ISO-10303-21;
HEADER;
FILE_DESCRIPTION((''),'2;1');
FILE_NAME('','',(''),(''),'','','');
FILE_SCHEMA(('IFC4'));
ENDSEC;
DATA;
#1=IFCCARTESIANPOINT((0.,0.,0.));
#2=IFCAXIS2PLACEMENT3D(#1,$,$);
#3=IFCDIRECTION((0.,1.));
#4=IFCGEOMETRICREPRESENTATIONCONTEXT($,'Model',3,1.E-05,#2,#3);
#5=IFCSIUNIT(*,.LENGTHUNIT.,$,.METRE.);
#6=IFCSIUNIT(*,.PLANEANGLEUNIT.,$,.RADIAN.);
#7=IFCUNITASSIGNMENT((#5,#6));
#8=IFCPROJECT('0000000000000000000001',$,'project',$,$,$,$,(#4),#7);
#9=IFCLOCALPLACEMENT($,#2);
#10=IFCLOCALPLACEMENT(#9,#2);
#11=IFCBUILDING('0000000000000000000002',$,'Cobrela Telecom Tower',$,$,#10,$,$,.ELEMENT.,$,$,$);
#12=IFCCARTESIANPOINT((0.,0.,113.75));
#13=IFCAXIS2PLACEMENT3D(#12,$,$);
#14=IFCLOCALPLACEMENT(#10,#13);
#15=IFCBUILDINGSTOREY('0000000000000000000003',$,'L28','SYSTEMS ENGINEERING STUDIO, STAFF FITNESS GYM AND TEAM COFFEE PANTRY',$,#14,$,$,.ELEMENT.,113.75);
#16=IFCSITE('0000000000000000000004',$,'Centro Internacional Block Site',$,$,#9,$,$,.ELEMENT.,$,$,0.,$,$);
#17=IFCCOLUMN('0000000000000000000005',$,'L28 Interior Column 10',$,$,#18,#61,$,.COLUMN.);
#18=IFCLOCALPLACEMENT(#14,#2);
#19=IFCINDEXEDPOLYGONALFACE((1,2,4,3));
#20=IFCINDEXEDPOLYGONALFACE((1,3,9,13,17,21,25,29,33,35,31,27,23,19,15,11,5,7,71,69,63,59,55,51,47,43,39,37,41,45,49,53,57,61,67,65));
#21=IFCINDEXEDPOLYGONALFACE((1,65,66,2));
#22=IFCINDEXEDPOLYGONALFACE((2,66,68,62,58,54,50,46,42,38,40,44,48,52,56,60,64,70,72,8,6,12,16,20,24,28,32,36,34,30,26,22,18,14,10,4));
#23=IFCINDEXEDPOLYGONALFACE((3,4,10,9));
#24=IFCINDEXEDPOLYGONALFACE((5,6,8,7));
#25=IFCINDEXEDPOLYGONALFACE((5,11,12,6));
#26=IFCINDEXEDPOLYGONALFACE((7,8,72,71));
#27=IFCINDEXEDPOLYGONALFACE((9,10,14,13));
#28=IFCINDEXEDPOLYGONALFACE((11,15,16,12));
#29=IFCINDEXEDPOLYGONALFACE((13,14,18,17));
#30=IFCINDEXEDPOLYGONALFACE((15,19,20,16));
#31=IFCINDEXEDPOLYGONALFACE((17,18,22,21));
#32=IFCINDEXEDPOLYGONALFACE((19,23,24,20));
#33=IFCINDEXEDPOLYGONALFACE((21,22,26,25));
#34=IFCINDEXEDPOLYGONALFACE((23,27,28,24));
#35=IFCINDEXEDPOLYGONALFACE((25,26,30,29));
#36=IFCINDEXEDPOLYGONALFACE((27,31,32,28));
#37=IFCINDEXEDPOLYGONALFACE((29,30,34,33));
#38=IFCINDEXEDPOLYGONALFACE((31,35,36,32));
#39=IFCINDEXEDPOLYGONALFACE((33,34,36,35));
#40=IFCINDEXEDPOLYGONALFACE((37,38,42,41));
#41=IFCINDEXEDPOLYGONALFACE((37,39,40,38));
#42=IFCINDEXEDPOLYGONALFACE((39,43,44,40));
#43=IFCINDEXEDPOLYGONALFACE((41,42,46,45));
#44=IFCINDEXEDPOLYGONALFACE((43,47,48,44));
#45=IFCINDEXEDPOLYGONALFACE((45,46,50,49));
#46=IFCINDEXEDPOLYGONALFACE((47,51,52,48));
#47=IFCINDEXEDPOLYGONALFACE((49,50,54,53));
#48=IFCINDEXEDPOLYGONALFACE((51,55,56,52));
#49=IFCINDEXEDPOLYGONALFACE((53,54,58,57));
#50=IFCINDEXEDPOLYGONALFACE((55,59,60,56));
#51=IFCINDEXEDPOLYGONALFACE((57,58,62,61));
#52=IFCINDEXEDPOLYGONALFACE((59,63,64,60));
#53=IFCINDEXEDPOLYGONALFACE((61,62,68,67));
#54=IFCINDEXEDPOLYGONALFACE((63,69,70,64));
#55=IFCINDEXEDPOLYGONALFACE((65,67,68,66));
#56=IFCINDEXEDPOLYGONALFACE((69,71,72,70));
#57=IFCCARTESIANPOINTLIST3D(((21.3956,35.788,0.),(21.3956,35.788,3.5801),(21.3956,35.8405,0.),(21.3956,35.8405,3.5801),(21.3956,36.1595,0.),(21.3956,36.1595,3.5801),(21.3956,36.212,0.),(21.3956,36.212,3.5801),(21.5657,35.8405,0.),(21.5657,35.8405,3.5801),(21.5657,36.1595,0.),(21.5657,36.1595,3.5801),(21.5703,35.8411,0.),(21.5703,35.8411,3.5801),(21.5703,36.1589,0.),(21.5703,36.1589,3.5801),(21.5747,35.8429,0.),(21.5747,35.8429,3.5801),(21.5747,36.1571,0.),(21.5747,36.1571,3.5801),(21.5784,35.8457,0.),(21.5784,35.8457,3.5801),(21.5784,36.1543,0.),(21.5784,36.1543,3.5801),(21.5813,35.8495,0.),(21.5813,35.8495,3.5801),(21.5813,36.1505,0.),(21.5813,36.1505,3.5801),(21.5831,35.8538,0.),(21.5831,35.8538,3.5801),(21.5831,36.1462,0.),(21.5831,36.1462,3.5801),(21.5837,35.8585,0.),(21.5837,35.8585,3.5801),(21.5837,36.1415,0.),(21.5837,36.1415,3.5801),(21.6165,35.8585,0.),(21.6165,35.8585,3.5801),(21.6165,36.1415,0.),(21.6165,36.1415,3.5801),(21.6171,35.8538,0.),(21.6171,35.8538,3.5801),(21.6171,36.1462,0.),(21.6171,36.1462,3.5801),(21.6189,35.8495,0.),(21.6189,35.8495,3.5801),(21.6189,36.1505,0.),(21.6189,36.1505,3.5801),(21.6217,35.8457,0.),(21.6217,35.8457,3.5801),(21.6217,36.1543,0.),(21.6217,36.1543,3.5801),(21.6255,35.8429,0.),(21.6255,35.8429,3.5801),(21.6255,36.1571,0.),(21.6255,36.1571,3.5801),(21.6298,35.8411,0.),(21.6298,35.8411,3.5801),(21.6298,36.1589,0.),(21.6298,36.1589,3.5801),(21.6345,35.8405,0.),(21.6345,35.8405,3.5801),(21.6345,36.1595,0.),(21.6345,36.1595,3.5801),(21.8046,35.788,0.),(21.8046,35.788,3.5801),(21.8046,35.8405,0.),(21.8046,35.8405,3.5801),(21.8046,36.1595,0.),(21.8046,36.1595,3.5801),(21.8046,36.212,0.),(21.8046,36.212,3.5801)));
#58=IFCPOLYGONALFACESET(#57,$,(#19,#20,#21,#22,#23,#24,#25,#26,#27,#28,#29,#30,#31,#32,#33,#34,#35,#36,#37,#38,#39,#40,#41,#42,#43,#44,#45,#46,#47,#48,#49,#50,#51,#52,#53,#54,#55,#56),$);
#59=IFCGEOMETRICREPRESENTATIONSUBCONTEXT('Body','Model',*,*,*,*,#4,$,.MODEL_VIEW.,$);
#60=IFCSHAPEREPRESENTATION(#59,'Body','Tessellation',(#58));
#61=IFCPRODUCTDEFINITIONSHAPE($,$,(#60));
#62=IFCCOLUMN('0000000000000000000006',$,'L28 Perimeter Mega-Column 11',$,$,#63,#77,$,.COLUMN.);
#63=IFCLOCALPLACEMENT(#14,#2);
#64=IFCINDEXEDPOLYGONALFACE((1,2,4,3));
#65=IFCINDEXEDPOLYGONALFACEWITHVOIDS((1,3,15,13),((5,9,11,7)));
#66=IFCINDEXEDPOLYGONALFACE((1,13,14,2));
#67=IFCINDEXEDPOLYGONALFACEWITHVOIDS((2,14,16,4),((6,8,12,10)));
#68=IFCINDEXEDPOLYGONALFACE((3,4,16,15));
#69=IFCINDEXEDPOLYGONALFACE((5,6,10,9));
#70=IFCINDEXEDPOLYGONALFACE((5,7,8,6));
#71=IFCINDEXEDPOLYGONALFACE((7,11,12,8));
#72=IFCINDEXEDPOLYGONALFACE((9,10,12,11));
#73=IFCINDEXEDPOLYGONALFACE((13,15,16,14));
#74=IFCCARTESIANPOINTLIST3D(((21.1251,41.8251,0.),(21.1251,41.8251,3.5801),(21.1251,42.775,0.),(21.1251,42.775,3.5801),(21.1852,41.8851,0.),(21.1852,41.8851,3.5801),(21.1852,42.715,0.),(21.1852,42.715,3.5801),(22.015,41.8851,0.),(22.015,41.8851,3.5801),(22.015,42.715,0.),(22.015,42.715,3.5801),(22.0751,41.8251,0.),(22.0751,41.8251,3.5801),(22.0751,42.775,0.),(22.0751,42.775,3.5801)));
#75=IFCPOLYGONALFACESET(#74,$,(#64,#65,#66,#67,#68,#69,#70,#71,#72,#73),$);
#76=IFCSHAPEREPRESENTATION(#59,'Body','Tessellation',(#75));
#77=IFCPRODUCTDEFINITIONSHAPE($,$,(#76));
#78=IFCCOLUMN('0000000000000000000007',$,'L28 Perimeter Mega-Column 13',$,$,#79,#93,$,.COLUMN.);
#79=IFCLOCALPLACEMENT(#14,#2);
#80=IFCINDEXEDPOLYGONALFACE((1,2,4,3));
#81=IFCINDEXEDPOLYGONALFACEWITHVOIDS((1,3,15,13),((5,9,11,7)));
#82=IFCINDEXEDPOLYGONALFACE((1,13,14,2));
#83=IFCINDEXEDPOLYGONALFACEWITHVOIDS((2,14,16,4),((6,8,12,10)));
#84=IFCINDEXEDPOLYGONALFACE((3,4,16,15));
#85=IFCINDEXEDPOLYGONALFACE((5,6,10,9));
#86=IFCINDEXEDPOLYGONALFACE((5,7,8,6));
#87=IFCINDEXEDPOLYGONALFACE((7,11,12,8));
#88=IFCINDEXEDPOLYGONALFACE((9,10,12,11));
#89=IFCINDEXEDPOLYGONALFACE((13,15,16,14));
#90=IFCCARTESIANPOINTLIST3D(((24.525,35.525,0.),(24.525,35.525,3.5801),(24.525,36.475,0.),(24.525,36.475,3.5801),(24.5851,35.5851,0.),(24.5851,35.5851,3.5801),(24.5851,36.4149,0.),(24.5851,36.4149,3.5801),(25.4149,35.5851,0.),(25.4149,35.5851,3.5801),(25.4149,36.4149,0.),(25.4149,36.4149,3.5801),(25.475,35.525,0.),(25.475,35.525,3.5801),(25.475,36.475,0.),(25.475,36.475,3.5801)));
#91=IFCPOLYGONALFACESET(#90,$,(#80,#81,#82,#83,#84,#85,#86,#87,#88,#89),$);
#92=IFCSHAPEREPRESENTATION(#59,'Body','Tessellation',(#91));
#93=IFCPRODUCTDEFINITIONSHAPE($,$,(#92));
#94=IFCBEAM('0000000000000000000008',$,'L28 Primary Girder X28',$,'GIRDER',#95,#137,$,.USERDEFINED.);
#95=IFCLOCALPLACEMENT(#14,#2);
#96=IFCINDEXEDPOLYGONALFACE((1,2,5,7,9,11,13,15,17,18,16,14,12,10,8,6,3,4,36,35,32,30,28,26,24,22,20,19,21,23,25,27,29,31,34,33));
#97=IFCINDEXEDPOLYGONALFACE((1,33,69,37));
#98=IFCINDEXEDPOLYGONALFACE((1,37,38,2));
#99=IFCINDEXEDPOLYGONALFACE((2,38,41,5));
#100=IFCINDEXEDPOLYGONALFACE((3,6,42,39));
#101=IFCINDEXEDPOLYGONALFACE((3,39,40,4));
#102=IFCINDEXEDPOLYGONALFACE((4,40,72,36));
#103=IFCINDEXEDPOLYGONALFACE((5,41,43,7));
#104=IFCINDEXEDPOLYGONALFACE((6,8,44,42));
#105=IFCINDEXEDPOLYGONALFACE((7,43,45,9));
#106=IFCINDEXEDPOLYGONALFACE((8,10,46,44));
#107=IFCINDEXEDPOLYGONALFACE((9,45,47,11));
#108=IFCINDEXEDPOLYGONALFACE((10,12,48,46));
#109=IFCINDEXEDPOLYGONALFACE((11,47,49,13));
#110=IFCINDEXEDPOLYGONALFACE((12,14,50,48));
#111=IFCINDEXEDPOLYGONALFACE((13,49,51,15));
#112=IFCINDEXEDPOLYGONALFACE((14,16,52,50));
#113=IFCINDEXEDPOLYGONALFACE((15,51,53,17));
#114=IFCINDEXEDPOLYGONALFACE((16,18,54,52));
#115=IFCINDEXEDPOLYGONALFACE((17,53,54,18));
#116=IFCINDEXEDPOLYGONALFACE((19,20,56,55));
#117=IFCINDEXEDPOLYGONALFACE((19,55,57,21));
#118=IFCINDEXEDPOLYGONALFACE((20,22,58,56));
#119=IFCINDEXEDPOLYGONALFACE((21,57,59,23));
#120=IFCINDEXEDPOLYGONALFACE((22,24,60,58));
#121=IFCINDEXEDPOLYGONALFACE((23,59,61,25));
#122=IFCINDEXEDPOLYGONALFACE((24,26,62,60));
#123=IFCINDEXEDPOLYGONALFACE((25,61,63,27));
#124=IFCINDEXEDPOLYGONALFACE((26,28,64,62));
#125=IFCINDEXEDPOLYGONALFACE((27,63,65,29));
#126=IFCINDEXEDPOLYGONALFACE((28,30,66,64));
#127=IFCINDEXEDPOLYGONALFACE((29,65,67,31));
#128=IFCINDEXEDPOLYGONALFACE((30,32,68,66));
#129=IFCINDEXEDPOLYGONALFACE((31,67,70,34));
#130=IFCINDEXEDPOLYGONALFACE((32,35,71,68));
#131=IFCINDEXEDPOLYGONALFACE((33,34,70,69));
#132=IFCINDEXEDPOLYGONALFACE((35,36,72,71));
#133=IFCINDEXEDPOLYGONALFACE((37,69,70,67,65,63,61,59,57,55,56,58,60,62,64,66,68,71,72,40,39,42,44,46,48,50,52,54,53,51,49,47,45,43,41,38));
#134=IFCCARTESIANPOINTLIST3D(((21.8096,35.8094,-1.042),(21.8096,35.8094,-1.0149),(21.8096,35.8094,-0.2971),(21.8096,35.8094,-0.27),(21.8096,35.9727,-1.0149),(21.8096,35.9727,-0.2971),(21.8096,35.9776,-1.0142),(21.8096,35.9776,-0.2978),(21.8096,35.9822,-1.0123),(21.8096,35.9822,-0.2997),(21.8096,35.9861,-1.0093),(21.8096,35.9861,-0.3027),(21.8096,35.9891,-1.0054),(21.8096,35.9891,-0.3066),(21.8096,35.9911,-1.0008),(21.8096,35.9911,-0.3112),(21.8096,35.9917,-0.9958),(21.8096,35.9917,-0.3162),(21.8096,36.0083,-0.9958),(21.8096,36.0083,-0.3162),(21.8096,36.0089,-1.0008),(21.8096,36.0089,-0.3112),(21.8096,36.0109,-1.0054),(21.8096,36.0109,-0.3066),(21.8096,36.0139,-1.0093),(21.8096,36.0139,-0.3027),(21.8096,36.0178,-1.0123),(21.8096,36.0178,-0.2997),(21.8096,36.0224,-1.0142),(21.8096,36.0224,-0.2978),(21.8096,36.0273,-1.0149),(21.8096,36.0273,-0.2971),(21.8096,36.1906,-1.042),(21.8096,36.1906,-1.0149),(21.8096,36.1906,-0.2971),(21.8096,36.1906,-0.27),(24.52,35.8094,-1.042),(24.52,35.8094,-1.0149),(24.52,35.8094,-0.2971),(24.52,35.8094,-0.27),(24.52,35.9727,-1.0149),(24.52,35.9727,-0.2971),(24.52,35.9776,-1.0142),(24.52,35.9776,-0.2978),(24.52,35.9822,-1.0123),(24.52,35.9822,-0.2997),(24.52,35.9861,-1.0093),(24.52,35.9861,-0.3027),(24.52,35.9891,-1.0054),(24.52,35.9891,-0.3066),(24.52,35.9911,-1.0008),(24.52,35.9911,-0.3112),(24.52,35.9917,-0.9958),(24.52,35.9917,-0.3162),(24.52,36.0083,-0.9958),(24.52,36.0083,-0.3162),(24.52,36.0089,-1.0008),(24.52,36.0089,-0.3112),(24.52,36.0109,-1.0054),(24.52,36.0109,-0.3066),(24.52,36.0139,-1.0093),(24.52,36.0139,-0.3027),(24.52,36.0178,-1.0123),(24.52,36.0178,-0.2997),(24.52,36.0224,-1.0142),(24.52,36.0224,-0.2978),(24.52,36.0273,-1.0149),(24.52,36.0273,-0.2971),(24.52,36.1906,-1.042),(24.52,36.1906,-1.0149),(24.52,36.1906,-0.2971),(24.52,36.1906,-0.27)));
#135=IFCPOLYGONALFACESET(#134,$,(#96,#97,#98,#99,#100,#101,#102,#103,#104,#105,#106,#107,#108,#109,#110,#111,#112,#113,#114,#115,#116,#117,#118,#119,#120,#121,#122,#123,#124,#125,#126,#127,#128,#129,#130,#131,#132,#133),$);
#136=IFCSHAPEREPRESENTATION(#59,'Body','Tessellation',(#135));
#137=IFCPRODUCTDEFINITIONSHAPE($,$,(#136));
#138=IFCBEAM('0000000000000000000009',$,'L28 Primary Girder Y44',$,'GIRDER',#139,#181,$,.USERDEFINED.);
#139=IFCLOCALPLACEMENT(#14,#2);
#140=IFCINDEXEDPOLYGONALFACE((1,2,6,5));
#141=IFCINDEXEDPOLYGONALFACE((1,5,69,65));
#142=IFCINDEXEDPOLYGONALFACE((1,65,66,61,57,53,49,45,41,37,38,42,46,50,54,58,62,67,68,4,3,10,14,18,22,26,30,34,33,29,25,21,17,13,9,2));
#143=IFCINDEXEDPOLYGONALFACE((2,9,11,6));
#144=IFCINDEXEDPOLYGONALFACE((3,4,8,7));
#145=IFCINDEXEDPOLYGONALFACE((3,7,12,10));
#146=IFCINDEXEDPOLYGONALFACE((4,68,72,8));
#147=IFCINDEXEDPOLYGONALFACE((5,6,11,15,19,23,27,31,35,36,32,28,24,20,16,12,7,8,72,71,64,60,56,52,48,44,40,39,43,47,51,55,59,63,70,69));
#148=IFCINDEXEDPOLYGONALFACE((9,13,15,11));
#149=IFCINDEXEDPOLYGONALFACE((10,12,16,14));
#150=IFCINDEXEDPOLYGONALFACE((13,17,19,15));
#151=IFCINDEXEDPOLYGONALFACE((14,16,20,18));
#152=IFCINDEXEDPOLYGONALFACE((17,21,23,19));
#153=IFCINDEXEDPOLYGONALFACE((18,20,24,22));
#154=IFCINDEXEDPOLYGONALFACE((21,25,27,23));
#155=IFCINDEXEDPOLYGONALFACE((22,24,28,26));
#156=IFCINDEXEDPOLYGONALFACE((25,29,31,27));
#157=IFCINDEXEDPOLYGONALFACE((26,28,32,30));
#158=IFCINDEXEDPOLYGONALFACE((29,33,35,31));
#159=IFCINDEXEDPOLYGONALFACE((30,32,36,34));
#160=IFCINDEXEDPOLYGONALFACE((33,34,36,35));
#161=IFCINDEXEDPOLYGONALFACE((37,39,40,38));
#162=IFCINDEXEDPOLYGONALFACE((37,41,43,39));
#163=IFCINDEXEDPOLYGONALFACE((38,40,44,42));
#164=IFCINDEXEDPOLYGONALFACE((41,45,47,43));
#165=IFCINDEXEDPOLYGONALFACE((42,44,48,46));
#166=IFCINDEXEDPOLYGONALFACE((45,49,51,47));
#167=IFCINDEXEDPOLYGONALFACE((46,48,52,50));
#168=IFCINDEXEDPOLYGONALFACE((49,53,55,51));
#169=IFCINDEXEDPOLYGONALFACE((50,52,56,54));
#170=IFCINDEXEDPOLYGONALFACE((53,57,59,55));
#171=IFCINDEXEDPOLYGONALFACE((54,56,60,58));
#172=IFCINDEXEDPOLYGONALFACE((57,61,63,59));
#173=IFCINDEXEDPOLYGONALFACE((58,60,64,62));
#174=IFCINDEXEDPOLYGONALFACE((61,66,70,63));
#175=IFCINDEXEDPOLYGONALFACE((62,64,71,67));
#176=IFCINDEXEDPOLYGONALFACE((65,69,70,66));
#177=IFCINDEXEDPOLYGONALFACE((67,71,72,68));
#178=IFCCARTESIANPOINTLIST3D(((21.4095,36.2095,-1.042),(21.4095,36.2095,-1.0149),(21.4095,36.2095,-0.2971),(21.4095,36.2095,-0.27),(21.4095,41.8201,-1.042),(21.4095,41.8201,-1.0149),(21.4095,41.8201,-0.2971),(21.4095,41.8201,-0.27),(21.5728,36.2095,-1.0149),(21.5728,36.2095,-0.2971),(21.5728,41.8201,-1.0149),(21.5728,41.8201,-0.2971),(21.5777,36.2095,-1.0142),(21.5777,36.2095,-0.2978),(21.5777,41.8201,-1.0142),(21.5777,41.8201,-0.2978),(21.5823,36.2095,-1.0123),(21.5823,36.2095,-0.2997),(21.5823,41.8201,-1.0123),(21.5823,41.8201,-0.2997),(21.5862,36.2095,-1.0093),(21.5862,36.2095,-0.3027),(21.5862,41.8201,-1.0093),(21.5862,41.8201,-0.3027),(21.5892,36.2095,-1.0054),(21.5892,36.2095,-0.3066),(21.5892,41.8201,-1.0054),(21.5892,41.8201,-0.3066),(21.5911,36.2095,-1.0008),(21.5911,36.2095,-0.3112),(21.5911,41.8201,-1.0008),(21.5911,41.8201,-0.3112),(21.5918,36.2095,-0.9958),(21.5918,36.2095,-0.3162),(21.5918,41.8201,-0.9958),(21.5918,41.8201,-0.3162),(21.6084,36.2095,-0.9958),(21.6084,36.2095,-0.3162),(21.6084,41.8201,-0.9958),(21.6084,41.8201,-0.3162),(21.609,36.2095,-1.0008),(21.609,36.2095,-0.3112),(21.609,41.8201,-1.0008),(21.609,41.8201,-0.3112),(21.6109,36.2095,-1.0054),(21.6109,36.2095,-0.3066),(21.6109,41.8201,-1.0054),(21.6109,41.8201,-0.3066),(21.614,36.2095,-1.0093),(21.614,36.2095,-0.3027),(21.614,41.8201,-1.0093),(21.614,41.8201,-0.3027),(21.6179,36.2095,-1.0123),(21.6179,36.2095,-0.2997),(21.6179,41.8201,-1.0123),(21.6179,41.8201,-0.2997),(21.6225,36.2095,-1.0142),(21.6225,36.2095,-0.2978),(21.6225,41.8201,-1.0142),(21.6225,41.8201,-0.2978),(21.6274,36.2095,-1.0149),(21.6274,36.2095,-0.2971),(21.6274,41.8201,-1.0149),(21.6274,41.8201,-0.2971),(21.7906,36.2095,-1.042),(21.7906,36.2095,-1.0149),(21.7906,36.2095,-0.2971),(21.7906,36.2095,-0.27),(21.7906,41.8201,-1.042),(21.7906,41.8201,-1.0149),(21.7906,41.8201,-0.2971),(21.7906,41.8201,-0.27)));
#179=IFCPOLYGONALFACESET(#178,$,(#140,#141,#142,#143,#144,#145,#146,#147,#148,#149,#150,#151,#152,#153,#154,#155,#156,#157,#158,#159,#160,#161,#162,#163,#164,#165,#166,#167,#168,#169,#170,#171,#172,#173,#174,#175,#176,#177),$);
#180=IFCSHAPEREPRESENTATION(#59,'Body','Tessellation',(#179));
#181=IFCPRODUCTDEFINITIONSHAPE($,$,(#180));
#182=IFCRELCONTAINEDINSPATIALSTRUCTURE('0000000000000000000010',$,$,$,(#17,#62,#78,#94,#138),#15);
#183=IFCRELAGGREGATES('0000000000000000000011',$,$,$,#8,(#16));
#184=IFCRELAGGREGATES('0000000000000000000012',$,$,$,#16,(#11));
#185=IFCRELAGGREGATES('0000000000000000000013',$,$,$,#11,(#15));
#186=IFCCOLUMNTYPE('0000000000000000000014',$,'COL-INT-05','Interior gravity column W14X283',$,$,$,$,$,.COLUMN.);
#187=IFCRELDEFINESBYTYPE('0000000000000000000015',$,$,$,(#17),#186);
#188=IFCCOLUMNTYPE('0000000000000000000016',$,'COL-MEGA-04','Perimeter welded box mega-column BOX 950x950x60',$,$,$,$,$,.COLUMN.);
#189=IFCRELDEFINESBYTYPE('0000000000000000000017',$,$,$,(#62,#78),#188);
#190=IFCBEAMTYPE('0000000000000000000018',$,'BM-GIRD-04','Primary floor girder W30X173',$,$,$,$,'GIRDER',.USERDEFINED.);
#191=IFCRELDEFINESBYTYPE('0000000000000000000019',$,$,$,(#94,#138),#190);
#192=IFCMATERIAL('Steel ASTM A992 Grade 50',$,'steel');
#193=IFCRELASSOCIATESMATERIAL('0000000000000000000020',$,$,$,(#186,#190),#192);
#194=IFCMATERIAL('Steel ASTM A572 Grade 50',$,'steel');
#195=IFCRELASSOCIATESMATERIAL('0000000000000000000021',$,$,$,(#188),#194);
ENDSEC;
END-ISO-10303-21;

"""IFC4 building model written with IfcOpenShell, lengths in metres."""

from ifc_helpers import new_model, si_unit, direction, frame, origin, origin_2d, place, context, subcontext, project, spatial, hollow_rectangle, i_section, extrude, material, material_profile, profile_set, type_object, element, save


model = new_model("IFC4")

# Units and contexts
model_context = context("Model", 3, precision=1e-05, world=origin(), true_north=direction((0.0, 1.0)))
body_context = subcontext(model_context, "Body", "Model", "MODEL_VIEW")
ifc_project = project(units=[si_unit("LENGTHUNIT", "METRE"), si_unit("PLANEANGLEUNIT", "RADIAN")], contexts=[model_context])

# Site, building, storey
site_placement = place(None, origin())
site = spatial("IfcSite", under=ifc_project, at=site_placement, Name="Centro Internacional Block Site", CompositionType="ELEMENT", RefElevation=0.0)
building_placement = place(site_placement, origin())
building = spatial("IfcBuilding", under=site, at=building_placement, Name="Cobrela Telecom Tower", CompositionType="ELEMENT")
storey_placement = place(building_placement, frame((0.0, 0.0, 113.75)))
storey = spatial("IfcBuildingStorey", under=building, at=storey_placement, Name="L28", Description="SYSTEMS ENGINEERING STUDIO, STAFF FITNESS GYM AND TEAM COFFEE PANTRY", CompositionType="ELEMENT", Elevation=113.75)

# Columns
ifc_material_1 = material(Name="Steel ASTM A992 Grade 50", Category="steel")
ifc_material_profile_1 = material_profile(ifc_material_1, i_section(OverallWidth=0.4089, OverallDepth=0.4241, WebThickness=0.0327, FlangeThickness=0.0525, FilletRadius=0.0181, at=origin_2d()), Name="W14X283")
ifc_profile_set_1 = profile_set([ifc_material_profile_1], Name="Steel ASTM A992 Grade 50")
column_type_1 = type_object("IfcColumnType", Name="COL-INT-05", Description="Interior gravity column W14X283", PredefinedType="COLUMN", material=ifc_profile_set_1)
column_placement = place(storey_placement, frame((21.6001, 36.0, 0.0), z_axis=(0.0, 0.0, 1.0), x_axis=(1.0, 0.0, 0.0)))
element("IfcColumn", 1, at=column_placement, inside=storey, type_object=column_type_1, Name="L28 Interior Column 10", PredefinedType="COLUMN", context=body_context, shape_type="SweptSolid", body=[
    extrude(i_section(OverallWidth=0.4089, OverallDepth=0.4241, WebThickness=0.0327, FlangeThickness=0.0525, FilletRadius=0.0181, at=origin_2d()), origin(), (0.0, 0.0, 1.0), 3.5801),
])
ifc_material_2 = material(Name="Steel ASTM A572 Grade 50", Category="steel")
ifc_material_profile_2 = material_profile(ifc_material_2, hollow_rectangle(XDim=0.95, YDim=0.95, WallThickness=0.0601, at=origin_2d()), Name="BOX 950x950x60")
ifc_profile_set_2 = profile_set([ifc_material_profile_2], Name="Steel ASTM A572 Grade 50")
column_type_2 = type_object("IfcColumnType", Name="COL-MEGA-04", Description="Perimeter welded box mega-column BOX 950x950x60", PredefinedType="COLUMN", material=ifc_profile_set_2)
for number, where, z_axis, x_axis, name in (
    (2, (21.6001, 42.3, 0.0), (0.0, 0.0, 1.0), (1.0, 0.0, 0.0), "L28 Perimeter Mega-Column 11"),
    (3, (25.0, 36.0, 0.0), (0.0, 0.0, 1.0), (1.0, 0.0, 0.0), "L28 Perimeter Mega-Column 13"),
):
    element("IfcColumn", number, at=place(storey_placement, frame(where, z_axis=z_axis, x_axis=x_axis)), inside=storey, type_object=column_type_2, Name=name, PredefinedType="COLUMN", context=body_context, shape_type="SweptSolid", body=[
        extrude(hollow_rectangle(XDim=0.95, YDim=0.95, WallThickness=0.0601, at=origin_2d()), origin(), (0.0, 0.0, 1.0), 3.5801),
    ])

# Beams
ifc_material_profile_3 = material_profile(ifc_material_1, i_section(OverallWidth=0.3811, OverallDepth=0.772, WebThickness=0.0166, FlangeThickness=0.0271, FilletRadius=0.019, at=origin_2d()), Name="W30X173")
ifc_profile_set_3 = profile_set([ifc_material_profile_3], Name="Steel ASTM A992 Grade 50")
beam_type_1 = type_object("IfcBeamType", Name="BM-GIRD-04", Description="Primary floor girder W30X173", ElementType="GIRDER", PredefinedType="USERDEFINED", material=ifc_profile_set_3)
beam_1_placement = place(storey_placement, frame((21.8096, 36.0, -0.656), z_axis=(1.0, 0.0, 0.0), x_axis=(0.0, 1.0, 0.0)))
element("IfcBeam", 4, at=beam_1_placement, inside=storey, type_object=beam_type_1, Name="L28 Primary Girder X28", ObjectType="GIRDER", PredefinedType="USERDEFINED", context=body_context, shape_type="SweptSolid", body=[
    extrude(i_section(OverallWidth=0.3811, OverallDepth=0.772, WebThickness=0.0166, FlangeThickness=0.0271, FilletRadius=0.019, at=origin_2d()), origin(), (0.0, 0.0, 1.0), 2.7104),
])
beam_2_placement = place(storey_placement, frame((21.6001, 36.2095, -0.656), z_axis=(0.0, 1.0, 0.0), x_axis=(-1.0, 0.0, 0.0)))
element("IfcBeam", 5, at=beam_2_placement, inside=storey, type_object=beam_type_1, Name="L28 Primary Girder Y44", ObjectType="GIRDER", PredefinedType="USERDEFINED", context=body_context, shape_type="SweptSolid", body=[
    extrude(i_section(OverallWidth=0.3811, OverallDepth=0.772, WebThickness=0.0166, FlangeThickness=0.0271, FilletRadius=0.019, at=origin_2d()), origin(), (0.0, 0.0, 1.0), 5.6106),
])

save(model, "model.ifc")
